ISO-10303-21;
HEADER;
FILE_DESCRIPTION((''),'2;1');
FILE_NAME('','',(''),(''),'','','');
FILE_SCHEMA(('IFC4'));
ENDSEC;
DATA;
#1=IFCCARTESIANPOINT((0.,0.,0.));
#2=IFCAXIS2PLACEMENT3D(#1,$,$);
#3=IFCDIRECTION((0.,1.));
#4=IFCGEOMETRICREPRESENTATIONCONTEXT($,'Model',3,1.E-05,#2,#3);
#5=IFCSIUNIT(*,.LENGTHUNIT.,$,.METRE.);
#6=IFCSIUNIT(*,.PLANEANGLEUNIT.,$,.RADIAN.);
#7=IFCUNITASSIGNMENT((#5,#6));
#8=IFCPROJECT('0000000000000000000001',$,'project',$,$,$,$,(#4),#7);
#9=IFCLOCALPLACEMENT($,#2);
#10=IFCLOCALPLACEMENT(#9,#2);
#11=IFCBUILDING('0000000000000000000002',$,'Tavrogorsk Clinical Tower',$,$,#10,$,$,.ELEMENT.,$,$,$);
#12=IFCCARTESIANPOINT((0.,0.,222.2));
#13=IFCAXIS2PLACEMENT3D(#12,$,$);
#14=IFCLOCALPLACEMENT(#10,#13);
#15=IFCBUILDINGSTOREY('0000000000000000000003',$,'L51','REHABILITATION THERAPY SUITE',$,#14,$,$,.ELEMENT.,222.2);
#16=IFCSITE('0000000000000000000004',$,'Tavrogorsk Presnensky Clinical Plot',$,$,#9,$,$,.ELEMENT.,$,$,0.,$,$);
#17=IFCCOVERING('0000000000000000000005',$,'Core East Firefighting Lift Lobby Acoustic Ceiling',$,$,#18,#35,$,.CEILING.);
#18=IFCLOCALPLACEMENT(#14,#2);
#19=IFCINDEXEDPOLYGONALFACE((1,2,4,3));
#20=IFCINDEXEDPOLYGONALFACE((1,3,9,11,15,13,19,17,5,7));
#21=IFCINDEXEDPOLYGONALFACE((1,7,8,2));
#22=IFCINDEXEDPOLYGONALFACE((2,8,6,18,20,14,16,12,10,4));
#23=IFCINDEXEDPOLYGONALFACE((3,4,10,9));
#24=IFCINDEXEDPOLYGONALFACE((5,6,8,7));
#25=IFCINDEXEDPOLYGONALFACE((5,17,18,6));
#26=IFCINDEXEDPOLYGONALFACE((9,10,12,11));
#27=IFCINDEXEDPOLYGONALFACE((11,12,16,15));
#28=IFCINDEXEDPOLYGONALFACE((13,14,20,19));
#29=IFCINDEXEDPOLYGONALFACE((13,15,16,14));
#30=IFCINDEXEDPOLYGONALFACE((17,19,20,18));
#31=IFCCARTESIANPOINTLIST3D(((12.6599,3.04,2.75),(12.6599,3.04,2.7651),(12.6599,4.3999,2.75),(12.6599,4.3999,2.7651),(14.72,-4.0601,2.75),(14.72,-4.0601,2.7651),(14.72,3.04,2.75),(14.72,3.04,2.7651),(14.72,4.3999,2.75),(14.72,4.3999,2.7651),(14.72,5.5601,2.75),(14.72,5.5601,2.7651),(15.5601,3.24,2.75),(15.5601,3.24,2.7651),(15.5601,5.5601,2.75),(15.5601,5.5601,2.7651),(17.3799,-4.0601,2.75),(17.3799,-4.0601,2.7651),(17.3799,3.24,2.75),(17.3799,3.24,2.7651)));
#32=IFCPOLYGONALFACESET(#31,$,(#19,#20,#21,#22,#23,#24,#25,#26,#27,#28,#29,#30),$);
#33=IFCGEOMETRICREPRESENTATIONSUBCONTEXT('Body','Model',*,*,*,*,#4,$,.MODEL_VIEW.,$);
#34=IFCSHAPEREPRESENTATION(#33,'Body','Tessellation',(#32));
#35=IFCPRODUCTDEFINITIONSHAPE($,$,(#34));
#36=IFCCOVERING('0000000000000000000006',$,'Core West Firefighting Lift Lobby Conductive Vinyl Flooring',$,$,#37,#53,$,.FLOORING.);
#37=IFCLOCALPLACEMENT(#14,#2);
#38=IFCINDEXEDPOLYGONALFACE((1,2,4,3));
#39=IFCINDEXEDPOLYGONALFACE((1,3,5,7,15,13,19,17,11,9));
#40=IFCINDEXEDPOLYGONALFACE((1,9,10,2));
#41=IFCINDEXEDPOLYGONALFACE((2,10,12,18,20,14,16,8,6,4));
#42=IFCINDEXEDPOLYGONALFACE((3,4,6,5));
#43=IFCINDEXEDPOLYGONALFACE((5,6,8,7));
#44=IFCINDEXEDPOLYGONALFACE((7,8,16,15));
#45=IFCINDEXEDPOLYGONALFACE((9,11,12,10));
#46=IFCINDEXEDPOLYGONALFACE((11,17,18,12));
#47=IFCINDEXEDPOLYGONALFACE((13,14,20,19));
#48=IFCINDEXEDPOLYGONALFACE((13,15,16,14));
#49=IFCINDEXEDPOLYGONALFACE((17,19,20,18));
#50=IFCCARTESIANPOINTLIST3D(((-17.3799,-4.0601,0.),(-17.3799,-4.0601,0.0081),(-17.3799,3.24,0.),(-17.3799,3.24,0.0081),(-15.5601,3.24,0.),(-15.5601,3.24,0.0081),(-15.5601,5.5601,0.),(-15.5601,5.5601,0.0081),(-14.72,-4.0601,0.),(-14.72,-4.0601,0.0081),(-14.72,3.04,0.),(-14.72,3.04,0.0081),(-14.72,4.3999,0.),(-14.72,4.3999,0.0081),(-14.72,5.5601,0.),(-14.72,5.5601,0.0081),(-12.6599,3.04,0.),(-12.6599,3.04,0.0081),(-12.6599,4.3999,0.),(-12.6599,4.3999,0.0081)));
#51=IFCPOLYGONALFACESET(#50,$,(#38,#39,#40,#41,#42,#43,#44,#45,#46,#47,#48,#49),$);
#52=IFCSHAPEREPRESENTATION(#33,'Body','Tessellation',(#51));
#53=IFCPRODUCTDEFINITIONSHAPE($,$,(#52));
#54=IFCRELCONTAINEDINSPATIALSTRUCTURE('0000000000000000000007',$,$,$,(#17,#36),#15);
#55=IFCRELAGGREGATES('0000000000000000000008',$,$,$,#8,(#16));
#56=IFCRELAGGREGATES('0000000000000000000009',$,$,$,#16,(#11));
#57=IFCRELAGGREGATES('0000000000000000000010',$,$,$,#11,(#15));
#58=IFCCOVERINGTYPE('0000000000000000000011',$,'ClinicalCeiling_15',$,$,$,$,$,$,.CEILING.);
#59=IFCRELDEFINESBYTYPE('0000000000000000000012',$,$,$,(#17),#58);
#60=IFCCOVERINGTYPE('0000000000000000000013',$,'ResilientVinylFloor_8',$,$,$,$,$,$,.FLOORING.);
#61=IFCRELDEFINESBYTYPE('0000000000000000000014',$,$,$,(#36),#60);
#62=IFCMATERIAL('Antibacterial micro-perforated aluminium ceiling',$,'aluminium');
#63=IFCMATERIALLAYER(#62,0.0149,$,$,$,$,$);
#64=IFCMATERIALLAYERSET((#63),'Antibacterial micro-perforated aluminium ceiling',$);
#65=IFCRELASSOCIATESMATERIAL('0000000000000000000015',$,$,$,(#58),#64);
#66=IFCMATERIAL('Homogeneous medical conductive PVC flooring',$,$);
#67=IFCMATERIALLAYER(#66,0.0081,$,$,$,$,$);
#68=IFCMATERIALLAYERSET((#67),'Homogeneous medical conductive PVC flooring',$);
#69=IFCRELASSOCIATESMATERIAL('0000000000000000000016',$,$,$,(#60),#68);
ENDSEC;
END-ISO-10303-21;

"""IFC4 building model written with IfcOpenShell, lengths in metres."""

from ifc_helpers import new_model, si_unit, direction, frame, origin, place, context, subcontext, project, spatial, polyline, outline, extrude, material, layer, layer_set, type_object, element, save


model = new_model("IFC4")

# Units and contexts
model_context = context("Model", 3, precision=1e-05, world=origin(), true_north=direction((0.0, 1.0)))
body_context = subcontext(model_context, "Body", "Model", "MODEL_VIEW")
ifc_project = project(units=[si_unit("LENGTHUNIT", "METRE"), si_unit("PLANEANGLEUNIT", "RADIAN")], contexts=[model_context])

# Site, building, storey
site_placement = place(None, origin())
site = spatial("IfcSite", under=ifc_project, at=site_placement, Name="Tavrogorsk Presnensky Clinical Plot", CompositionType="ELEMENT", RefElevation=0.0)
building_placement = place(site_placement, origin())
building = spatial("IfcBuilding", under=site, at=building_placement, Name="Tavrogorsk Clinical Tower", CompositionType="ELEMENT")
storey_placement = place(building_placement, frame((0.0, 0.0, 222.2)))
storey = spatial("IfcBuildingStorey", under=building, at=storey_placement, Name="L51", Description="REHABILITATION THERAPY SUITE", CompositionType="ELEMENT", Elevation=222.2)

# Coverings
ifc_material_1 = material(Name="Antibacterial micro-perforated aluminium ceiling", Category="aluminium")
ifc_layer_1 = layer(ifc_material_1, 0.0149)
ifc_layer_set_1 = layer_set([ifc_layer_1], Name="Antibacterial micro-perforated aluminium ceiling")
covering_type_1 = type_object("IfcCoveringType", Name="ClinicalCeiling_15", PredefinedType="CEILING", material=ifc_layer_set_1)
covering_1_placement = place(storey_placement, frame((0.0, 0.0, 2.75)))
element("IfcCovering", 1, at=covering_1_placement, inside=storey, type_object=covering_type_1, Name="Core East Firefighting Lift Lobby Acoustic Ceiling", PredefinedType="CEILING", context=body_context, shape_type="SweptSolid", body=[
    extrude(outline(polyline([(14.72, 3.04), (12.6599, 3.04), (12.6599, 4.3999), (14.72, 4.3999), (14.72, 5.5601), (15.5601, 5.5601), (15.5601, 3.24), (17.3799, 3.24), (17.3799, -4.0601), (14.72, -4.0601), (14.72, 3.04)])), origin(), (0.0, 0.0, 1.0), 0.0151),
])
ifc_material_2 = material(Name="Homogeneous medical conductive PVC flooring")
ifc_layer_2 = layer(ifc_material_2, 0.0081)
ifc_layer_set_2 = layer_set([ifc_layer_2], Name="Homogeneous medical conductive PVC flooring")
covering_type_2 = type_object("IfcCoveringType", Name="ResilientVinylFloor_8", PredefinedType="FLOORING", material=ifc_layer_set_2)
covering_2_placement = place(storey_placement, origin())
element("IfcCovering", 2, at=covering_2_placement, inside=storey, type_object=covering_type_2, Name="Core West Firefighting Lift Lobby Conductive Vinyl Flooring", PredefinedType="FLOORING", context=body_context, shape_type="SweptSolid", body=[
    extrude(outline(polyline([(-17.3799, -4.0601), (-17.3799, 3.24), (-15.5601, 3.24), (-15.5601, 5.5601), (-14.72, 5.5601), (-14.72, 4.3999), (-12.6599, 4.3999), (-12.6599, 3.04), (-14.72, 3.04), (-14.72, -4.0601), (-17.3799, -4.0601)])), origin(), (0.0, 0.0, 1.0), 0.0081),
])

save(model, "model.ifc")
